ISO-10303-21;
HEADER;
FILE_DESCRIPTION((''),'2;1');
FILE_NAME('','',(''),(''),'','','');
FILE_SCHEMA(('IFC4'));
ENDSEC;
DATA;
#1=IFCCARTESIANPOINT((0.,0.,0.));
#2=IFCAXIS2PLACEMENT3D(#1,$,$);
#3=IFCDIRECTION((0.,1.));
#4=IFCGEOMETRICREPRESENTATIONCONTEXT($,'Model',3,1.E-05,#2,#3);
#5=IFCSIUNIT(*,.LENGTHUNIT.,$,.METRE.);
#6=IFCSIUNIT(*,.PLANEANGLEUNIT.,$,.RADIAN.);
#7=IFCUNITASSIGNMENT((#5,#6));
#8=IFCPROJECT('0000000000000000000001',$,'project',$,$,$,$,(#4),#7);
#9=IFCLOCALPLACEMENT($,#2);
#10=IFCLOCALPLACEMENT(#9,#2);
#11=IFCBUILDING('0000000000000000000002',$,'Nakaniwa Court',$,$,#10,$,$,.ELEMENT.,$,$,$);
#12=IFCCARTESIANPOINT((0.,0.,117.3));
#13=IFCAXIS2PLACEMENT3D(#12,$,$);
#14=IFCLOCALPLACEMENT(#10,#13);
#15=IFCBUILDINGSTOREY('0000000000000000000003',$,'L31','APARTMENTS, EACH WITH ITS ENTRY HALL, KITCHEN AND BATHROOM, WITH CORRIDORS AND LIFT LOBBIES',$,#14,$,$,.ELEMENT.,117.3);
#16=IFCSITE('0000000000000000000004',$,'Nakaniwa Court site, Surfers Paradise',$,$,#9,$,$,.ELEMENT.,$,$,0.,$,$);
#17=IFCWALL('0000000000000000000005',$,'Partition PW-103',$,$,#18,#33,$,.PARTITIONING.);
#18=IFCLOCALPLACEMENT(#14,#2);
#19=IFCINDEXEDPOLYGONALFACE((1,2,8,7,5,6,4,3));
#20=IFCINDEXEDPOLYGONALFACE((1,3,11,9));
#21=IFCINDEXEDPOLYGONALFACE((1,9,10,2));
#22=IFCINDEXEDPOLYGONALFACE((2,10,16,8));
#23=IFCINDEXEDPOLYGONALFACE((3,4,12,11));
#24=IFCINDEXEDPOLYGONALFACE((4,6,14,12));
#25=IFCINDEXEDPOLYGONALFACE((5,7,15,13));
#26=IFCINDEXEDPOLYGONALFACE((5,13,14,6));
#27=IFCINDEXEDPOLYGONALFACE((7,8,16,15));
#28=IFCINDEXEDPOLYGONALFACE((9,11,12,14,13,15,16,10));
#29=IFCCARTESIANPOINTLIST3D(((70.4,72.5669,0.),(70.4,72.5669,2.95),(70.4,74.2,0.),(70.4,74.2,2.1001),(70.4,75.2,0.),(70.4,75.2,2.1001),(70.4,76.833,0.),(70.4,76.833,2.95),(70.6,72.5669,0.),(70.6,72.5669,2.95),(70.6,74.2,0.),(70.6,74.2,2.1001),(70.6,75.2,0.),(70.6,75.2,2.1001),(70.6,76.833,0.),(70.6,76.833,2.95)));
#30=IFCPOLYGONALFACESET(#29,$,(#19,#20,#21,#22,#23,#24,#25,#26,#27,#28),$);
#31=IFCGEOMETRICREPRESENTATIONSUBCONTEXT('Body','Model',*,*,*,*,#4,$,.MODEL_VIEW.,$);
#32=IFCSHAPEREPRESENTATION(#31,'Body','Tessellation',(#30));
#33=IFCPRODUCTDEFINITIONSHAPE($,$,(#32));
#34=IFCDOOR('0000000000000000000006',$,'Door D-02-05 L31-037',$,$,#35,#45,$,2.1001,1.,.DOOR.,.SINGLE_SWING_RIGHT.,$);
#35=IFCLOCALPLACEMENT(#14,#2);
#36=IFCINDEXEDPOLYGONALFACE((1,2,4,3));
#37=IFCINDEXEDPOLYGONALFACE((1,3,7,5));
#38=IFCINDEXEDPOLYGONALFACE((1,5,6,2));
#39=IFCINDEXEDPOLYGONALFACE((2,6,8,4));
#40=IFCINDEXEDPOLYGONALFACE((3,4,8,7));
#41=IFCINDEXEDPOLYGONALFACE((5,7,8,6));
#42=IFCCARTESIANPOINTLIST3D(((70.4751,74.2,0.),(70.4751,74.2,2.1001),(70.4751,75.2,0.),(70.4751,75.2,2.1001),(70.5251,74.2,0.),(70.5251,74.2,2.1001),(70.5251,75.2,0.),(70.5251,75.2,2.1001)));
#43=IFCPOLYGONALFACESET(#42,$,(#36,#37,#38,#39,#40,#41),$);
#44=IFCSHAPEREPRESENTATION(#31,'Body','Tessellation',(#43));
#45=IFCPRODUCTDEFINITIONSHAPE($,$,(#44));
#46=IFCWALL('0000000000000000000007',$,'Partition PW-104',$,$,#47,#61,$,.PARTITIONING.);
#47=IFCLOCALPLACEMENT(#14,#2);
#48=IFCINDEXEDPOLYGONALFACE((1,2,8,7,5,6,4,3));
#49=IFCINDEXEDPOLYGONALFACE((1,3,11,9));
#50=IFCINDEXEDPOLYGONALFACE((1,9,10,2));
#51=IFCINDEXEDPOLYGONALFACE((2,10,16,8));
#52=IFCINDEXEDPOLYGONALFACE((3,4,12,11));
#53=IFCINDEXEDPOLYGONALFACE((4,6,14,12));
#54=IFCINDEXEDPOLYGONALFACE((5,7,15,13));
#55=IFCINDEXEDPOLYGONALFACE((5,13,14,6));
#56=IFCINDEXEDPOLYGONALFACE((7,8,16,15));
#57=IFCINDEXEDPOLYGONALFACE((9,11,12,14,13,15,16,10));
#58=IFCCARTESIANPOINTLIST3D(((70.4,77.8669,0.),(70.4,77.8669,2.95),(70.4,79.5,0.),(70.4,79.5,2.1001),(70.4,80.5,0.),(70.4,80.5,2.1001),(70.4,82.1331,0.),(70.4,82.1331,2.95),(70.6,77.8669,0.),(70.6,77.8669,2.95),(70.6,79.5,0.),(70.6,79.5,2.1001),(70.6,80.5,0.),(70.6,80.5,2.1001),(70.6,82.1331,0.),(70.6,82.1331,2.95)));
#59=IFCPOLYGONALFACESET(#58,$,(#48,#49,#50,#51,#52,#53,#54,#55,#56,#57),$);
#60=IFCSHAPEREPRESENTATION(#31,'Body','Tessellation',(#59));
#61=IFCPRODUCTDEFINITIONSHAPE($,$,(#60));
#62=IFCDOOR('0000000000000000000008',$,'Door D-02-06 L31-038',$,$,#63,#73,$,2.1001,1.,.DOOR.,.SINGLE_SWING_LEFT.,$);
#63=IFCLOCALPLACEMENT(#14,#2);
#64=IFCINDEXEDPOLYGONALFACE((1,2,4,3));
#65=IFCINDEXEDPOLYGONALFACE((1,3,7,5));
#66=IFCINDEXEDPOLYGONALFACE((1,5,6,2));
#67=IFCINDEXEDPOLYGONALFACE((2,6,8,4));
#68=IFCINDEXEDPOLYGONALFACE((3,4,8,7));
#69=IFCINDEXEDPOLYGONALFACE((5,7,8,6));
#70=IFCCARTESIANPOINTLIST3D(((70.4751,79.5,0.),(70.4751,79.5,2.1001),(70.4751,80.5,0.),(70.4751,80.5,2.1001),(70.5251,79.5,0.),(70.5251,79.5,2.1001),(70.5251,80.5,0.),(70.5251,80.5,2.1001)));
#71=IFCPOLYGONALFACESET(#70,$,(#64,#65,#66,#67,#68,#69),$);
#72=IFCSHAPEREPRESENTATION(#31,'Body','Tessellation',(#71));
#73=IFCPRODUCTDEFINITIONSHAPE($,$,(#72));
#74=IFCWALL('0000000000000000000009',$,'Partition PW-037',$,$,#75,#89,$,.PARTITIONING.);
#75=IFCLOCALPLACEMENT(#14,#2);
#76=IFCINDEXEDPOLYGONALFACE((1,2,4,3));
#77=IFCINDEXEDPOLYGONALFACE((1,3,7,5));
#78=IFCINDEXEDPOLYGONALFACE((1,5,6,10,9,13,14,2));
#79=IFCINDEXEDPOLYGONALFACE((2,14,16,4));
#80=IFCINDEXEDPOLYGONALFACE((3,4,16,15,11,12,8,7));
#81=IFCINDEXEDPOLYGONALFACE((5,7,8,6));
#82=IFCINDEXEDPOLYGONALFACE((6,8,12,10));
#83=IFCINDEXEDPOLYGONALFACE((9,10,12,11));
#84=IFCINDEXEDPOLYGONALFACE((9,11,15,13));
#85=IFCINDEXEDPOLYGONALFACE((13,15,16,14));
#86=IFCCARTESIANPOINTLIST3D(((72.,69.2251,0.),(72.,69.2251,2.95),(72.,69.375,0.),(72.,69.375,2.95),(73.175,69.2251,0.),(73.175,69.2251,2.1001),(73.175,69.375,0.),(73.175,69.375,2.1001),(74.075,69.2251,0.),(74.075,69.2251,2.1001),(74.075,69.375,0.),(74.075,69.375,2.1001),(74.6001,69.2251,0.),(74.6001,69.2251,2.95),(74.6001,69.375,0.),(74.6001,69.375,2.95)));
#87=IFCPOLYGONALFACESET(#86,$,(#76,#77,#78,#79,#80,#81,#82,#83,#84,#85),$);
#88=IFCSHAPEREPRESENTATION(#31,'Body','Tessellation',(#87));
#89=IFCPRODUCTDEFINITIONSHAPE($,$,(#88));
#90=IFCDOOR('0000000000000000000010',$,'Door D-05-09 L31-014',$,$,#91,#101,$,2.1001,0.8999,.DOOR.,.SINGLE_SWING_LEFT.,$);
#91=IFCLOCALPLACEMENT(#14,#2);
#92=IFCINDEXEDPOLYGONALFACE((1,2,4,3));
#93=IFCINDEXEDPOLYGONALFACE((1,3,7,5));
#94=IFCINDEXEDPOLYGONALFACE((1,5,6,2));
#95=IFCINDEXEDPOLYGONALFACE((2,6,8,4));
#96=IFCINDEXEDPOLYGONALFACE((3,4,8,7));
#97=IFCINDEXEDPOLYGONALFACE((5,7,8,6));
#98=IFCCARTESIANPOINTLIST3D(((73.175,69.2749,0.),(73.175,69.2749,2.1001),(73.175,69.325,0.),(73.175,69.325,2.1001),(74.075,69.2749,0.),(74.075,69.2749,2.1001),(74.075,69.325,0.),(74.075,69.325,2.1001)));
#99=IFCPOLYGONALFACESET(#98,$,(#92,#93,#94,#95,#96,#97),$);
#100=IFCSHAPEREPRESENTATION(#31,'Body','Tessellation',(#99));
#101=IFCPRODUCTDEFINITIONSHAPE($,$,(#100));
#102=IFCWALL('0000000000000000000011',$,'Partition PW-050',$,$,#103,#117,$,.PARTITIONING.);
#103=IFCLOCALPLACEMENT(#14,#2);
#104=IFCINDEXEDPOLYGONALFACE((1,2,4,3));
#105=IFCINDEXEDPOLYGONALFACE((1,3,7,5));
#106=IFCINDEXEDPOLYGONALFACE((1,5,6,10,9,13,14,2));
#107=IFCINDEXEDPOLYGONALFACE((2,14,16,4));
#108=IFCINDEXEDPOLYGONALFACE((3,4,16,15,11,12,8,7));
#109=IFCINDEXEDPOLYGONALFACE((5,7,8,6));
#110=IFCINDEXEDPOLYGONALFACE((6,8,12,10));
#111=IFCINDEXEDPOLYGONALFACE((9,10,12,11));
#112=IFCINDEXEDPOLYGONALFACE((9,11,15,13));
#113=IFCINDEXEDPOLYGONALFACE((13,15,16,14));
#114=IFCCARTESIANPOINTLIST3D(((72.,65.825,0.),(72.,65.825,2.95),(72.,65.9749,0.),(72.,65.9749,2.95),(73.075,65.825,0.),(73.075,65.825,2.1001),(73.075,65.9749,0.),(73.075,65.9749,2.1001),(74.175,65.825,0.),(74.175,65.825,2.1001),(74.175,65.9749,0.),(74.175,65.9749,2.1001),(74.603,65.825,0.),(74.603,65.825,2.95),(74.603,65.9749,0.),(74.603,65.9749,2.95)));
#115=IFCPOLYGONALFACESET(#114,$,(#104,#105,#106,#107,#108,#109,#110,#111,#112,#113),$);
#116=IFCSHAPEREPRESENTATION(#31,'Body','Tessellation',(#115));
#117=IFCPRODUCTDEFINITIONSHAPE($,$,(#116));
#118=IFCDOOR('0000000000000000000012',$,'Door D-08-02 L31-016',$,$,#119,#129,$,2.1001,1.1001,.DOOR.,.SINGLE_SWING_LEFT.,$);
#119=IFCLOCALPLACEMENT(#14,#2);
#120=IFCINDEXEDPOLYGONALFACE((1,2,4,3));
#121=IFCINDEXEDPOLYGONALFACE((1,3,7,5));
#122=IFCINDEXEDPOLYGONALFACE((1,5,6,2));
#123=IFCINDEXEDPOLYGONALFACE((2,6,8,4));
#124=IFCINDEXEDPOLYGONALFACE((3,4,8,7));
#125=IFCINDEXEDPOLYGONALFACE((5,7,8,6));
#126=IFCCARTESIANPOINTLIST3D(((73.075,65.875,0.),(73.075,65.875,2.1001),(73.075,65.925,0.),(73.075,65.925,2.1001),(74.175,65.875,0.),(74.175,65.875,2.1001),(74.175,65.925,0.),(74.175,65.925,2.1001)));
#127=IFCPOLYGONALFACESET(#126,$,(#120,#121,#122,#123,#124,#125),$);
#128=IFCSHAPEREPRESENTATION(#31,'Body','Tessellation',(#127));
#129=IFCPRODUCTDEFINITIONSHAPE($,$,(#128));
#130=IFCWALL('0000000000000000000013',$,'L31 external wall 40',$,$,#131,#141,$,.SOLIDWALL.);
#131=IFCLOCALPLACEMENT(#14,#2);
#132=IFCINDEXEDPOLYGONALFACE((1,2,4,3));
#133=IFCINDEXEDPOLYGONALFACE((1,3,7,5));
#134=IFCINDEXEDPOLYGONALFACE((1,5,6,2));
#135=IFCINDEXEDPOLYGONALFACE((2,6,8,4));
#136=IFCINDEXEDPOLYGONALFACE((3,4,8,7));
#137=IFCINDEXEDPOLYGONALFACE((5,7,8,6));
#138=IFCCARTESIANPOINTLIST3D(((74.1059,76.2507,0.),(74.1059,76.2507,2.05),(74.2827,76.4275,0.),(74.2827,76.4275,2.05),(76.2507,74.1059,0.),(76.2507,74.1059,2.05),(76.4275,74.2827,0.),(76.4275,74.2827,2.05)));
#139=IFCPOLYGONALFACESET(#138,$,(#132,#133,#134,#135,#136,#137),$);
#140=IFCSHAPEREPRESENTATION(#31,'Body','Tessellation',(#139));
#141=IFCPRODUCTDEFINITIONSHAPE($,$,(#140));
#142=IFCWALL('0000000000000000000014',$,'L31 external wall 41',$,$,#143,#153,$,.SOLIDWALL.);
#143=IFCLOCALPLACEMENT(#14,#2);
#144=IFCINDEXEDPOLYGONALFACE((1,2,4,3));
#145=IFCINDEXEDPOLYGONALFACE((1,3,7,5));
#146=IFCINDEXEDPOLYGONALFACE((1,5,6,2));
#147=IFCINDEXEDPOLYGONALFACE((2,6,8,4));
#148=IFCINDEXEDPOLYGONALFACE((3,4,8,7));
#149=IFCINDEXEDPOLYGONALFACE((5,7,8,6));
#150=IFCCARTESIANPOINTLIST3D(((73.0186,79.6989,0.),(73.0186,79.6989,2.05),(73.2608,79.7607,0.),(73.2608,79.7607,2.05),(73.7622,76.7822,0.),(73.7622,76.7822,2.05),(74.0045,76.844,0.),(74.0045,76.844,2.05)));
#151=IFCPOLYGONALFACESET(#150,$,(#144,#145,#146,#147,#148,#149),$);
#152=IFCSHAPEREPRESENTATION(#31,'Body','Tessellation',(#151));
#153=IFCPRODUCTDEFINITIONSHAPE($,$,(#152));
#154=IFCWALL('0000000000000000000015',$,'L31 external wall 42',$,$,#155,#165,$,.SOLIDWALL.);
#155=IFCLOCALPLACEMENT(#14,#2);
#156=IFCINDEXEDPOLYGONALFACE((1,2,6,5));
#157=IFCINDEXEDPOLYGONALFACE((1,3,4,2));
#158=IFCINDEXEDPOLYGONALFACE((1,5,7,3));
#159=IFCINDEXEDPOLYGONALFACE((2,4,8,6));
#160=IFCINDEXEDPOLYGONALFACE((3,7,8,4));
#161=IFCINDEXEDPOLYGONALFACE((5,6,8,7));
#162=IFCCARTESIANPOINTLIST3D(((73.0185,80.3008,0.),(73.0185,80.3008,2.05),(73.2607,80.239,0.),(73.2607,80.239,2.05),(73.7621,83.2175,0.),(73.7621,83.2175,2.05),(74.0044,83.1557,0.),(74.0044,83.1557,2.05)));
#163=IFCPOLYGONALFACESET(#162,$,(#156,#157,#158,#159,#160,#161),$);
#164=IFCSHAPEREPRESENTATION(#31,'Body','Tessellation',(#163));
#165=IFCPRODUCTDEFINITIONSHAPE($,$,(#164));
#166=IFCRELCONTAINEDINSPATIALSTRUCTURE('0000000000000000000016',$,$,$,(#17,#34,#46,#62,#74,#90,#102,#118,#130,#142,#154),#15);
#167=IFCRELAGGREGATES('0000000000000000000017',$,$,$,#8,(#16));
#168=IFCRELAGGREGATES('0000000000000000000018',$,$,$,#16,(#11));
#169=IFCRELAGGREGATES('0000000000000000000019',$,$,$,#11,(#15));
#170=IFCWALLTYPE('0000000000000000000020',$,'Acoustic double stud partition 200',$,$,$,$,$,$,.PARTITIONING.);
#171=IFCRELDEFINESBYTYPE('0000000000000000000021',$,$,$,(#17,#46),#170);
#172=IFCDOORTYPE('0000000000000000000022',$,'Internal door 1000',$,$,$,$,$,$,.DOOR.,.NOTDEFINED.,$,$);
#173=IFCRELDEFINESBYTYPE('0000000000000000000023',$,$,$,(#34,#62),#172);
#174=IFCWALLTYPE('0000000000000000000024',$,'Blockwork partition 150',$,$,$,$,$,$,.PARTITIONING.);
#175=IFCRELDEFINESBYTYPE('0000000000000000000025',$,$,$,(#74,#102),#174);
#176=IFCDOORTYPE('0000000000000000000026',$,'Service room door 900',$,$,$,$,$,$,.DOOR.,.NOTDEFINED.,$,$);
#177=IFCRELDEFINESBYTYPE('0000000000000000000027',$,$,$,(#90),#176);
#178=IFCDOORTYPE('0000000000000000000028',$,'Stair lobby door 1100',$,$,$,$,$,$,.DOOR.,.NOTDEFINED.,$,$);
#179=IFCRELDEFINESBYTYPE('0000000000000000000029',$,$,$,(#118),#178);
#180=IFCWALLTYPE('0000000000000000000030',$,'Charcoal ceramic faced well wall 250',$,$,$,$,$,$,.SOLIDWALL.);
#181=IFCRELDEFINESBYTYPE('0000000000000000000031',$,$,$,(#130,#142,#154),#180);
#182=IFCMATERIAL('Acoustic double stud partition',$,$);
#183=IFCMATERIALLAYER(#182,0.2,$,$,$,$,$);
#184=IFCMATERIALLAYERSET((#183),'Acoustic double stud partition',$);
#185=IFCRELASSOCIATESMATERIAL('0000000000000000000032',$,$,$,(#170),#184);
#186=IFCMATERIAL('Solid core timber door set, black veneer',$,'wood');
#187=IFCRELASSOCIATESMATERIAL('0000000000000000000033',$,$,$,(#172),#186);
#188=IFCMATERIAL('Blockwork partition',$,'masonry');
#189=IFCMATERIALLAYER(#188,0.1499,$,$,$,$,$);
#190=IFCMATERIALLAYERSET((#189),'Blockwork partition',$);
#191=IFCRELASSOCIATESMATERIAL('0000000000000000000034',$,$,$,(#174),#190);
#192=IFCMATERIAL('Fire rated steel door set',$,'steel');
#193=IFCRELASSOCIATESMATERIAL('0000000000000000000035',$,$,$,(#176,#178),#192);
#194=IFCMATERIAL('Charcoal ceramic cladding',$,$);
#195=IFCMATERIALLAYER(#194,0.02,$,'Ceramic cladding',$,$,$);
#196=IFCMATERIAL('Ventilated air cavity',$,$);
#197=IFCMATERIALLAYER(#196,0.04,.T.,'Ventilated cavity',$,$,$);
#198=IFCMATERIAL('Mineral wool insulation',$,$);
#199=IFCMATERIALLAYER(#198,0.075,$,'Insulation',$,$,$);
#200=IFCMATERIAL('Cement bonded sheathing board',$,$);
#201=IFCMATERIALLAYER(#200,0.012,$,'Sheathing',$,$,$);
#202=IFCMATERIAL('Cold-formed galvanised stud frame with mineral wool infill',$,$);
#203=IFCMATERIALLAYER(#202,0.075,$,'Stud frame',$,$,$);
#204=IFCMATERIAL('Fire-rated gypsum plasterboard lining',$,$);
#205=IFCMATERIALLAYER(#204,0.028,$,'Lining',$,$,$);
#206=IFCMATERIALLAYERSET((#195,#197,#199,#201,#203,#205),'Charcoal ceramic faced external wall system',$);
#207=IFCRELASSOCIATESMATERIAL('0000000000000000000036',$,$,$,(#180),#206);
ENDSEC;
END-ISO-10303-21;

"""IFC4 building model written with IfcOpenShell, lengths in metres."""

from ifc_helpers import new_model, si_unit, direction, frame, frame_2d, origin, place, context, subcontext, project, spatial, rectangle, extrude, material, layer, layer_set, type_object, element, fill, save


model = new_model("IFC4")

# Units and contexts
model_context = context("Model", 3, precision=1e-05, world=origin(), true_north=direction((0.0, 1.0)))
body_context = subcontext(model_context, "Body", "Model", "MODEL_VIEW")
ifc_project = project(units=[si_unit("LENGTHUNIT", "METRE"), si_unit("PLANEANGLEUNIT", "RADIAN")], contexts=[model_context])

# Site, building, storey
site_placement = place(None, origin())
site = spatial("IfcSite", under=ifc_project, at=site_placement, Name="Nakaniwa Court site, Surfers Paradise", CompositionType="ELEMENT", RefElevation=0.0)
building_placement = place(site_placement, origin())
building = spatial("IfcBuilding", under=site, at=building_placement, Name="Nakaniwa Court", CompositionType="ELEMENT")
storey_placement = place(building_placement, frame((0.0, 0.0, 117.3)))
storey = spatial("IfcBuildingStorey", under=building, at=storey_placement, Name="L31", Description="APARTMENTS, EACH WITH ITS ENTRY HALL, KITCHEN AND BATHROOM, WITH CORRIDORS AND LIFT LOBBIES", CompositionType="ELEMENT", Elevation=117.3)

# Shared definitions
ifc_material_1 = material(Name="Acoustic double stud partition")
ifc_layer_1 = layer(ifc_material_1, 0.2)
ifc_layer_set_1 = layer_set([ifc_layer_1], Name="Acoustic double stud partition")
wall_type_1 = type_object("IfcWallType", Name="Acoustic double stud partition 200", PredefinedType="PARTITIONING", material=ifc_layer_set_1)

# Walls, openings, doors
wall_1_placement = place(storey_placement, frame((70.5, 72.5669, 0.0), z_axis=(0.0, 0.0, 1.0), x_axis=(0.0, 1.0, 0.0)))
wall_1 = element("IfcWall", 1, at=wall_1_placement, inside=storey, type_object=wall_type_1, Name="Partition PW-103", PredefinedType="PARTITIONING", context=body_context, shape_type="SweptSolid", body=[
    extrude(rectangle(XDim=4.2661, YDim=0.2, at=frame_2d((2.1331, 0.0))), origin(), (0.0, 0.0, 1.0), 2.95),
])
opening_1_placement = place(wall_1_placement, frame((1.6331, 0.0, 0.0)))
opening_1 = element("IfcOpeningElement", 2, at=opening_1_placement, cuts=wall_1, PredefinedType="OPENING", context=body_context, shape_type="SweptSolid", body=[
    extrude(rectangle(XDim=1.0, YDim=2.1001, at=frame_2d((0.5, 1.05))), frame((0.0, 0.1099, 0.0), z_axis=(0.0, -1.0, 0.0), x_axis=(1.0, 0.0, 0.0)), (0.0, 0.0, 1.0), 0.22),
])
ifc_material_2 = material(Name="Solid core timber door set, black veneer", Category="wood")
door_type_1 = type_object("IfcDoorType", Name="Internal door 1000", OperationType="NOTDEFINED", PredefinedType="DOOR", material=ifc_material_2)
door_1_placement = place(opening_1_placement, origin())
door_1 = element("IfcDoor", 3, at=door_1_placement, inside=storey, type_object=door_type_1, Name="Door D-02-05 L31-037", OperationType="SINGLE_SWING_RIGHT", OverallHeight=2.1001, OverallWidth=1.0, PredefinedType="DOOR", context=body_context, shape_type="SweptSolid", body=[
    extrude(rectangle(XDim=1.0, YDim=2.1001, at=frame_2d((0.5, 1.05))), frame((0.0, 0.0249, 0.0), z_axis=(0.0, -1.0, 0.0), x_axis=(1.0, 0.0, 0.0)), (0.0, 0.0, 1.0), 0.05),
])
fill(opening_1, door_1)
wall_2_placement = place(storey_placement, frame((70.5, 77.8669, 0.0), z_axis=(0.0, 0.0, 1.0), x_axis=(0.0, 1.0, 0.0)))
wall_2 = element("IfcWall", 4, at=wall_2_placement, inside=storey, type_object=wall_type_1, Name="Partition PW-104", PredefinedType="PARTITIONING", context=body_context, shape_type="SweptSolid", body=[
    extrude(rectangle(XDim=4.2661, YDim=0.2, at=frame_2d((2.1331, 0.0))), origin(), (0.0, 0.0, 1.0), 2.95),
])
opening_2_placement = place(wall_2_placement, frame((1.6331, 0.0, 0.0)))
opening_2 = element("IfcOpeningElement", 5, at=opening_2_placement, cuts=wall_2, PredefinedType="OPENING", context=body_context, shape_type="SweptSolid", body=[
    extrude(rectangle(XDim=1.0, YDim=2.1001, at=frame_2d((0.5, 1.05))), frame((0.0, 0.1099, 0.0), z_axis=(0.0, -1.0, 0.0), x_axis=(1.0, 0.0, 0.0)), (0.0, 0.0, 1.0), 0.22),
])
door_2_placement = place(opening_2_placement, origin())
door_2 = element("IfcDoor", 6, at=door_2_placement, inside=storey, type_object=door_type_1, Name="Door D-02-06 L31-038", OperationType="SINGLE_SWING_LEFT", OverallHeight=2.1001, OverallWidth=1.0, PredefinedType="DOOR", context=body_context, shape_type="SweptSolid", body=[
    extrude(rectangle(XDim=1.0, YDim=2.1001, at=frame_2d((0.5, 1.05))), frame((0.0, 0.0249, 0.0), z_axis=(0.0, -1.0, 0.0), x_axis=(1.0, 0.0, 0.0)), (0.0, 0.0, 1.0), 0.05),
])
fill(opening_2, door_2)
ifc_material_3 = material(Name="Blockwork partition", Category="masonry")
ifc_layer_2 = layer(ifc_material_3, 0.1499)
ifc_layer_set_2 = layer_set([ifc_layer_2], Name="Blockwork partition")
wall_type_2 = type_object("IfcWallType", Name="Blockwork partition 150", PredefinedType="PARTITIONING", material=ifc_layer_set_2)
wall_3_placement = place(storey_placement, frame((72.0, 69.3, 0.0), z_axis=(0.0, 0.0, 1.0), x_axis=(1.0, 0.0, 0.0)))
wall_3 = element("IfcWall", 7, at=wall_3_placement, inside=storey, type_object=wall_type_2, Name="Partition PW-037", PredefinedType="PARTITIONING", context=body_context, shape_type="SweptSolid", body=[
    extrude(rectangle(XDim=2.6001, YDim=0.1499, at=frame_2d((1.3, 0.0))), origin(), (0.0, 0.0, 1.0), 2.95),
])
opening_3_placement = place(wall_3_placement, frame((1.175, 0.0, 0.0)))
opening_3 = element("IfcOpeningElement", 8, at=opening_3_placement, cuts=wall_3, PredefinedType="OPENING", context=body_context, shape_type="SweptSolid", body=[
    extrude(rectangle(XDim=0.8999, YDim=2.1001, at=frame_2d((0.45, 1.05))), frame((0.0, 0.085, 0.0), z_axis=(0.0, -1.0, 0.0), x_axis=(1.0, 0.0, 0.0)), (0.0, 0.0, 1.0), 0.1699),
])
ifc_material_4 = material(Name="Fire rated steel door set", Category="steel")
door_type_2 = type_object("IfcDoorType", Name="Service room door 900", OperationType="NOTDEFINED", PredefinedType="DOOR", material=ifc_material_4)
door_3_placement = place(opening_3_placement, origin())
door_3 = element("IfcDoor", 9, at=door_3_placement, inside=storey, type_object=door_type_2, Name="Door D-05-09 L31-014", OperationType="SINGLE_SWING_LEFT", OverallHeight=2.1001, OverallWidth=0.8999, PredefinedType="DOOR", context=body_context, shape_type="SweptSolid", body=[
    extrude(rectangle(XDim=0.8999, YDim=2.1001, at=frame_2d((0.45, 1.05))), frame((0.0, 0.0249, 0.0), z_axis=(0.0, -1.0, 0.0), x_axis=(1.0, 0.0, 0.0)), (0.0, 0.0, 1.0), 0.05),
])
fill(opening_3, door_3)
wall_4_placement = place(storey_placement, frame((74.603, 65.8999, 0.0), z_axis=(0.0, 0.0, 1.0), x_axis=(-1.0, 0.0, 0.0)))
wall_4 = element("IfcWall", 10, at=wall_4_placement, inside=storey, type_object=wall_type_2, Name="Partition PW-050", PredefinedType="PARTITIONING", context=body_context, shape_type="SweptSolid", body=[
    extrude(rectangle(XDim=2.603, YDim=0.1499, at=frame_2d((1.3015, 0.0))), origin(), (0.0, 0.0, 1.0), 2.95),
])
opening_4_placement = place(wall_4_placement, frame((0.428, 0.0, 0.0)))
opening_4 = element("IfcOpeningElement", 11, at=opening_4_placement, cuts=wall_4, PredefinedType="OPENING", context=body_context, shape_type="SweptSolid", body=[
    extrude(rectangle(XDim=1.1001, YDim=2.1001, at=frame_2d((0.55, 1.05))), frame((0.0, 0.085, 0.0), z_axis=(0.0, -1.0, 0.0), x_axis=(1.0, 0.0, 0.0)), (0.0, 0.0, 1.0), 0.1699),
])
door_type_3 = type_object("IfcDoorType", Name="Stair lobby door 1100", OperationType="NOTDEFINED", PredefinedType="DOOR", material=ifc_material_4)
door_4_placement = place(opening_4_placement, origin())
door_4 = element("IfcDoor", 12, at=door_4_placement, inside=storey, type_object=door_type_3, Name="Door D-08-02 L31-016", OperationType="SINGLE_SWING_LEFT", OverallHeight=2.1001, OverallWidth=1.1001, PredefinedType="DOOR", context=body_context, shape_type="SweptSolid", body=[
    extrude(rectangle(XDim=1.1001, YDim=2.1001, at=frame_2d((0.55, 1.05))), frame((0.0, 0.0249, 0.0), z_axis=(0.0, -1.0, 0.0), x_axis=(1.0, 0.0, 0.0)), (0.0, 0.0, 1.0), 0.05),
])
fill(opening_4, door_4)

# Walls
ifc_material_5 = material(Name="Charcoal ceramic cladding")
ifc_layer_3 = layer(ifc_material_5, 0.02, Name="Ceramic cladding")
ifc_material_6 = material(Name="Ventilated air cavity")
ifc_layer_4 = layer(ifc_material_6, 0.04, ventilated=True, Name="Ventilated cavity")
ifc_material_7 = material(Name="Mineral wool insulation")
ifc_layer_5 = layer(ifc_material_7, 0.075, Name="Insulation")
ifc_material_8 = material(Name="Cement bonded sheathing board")
ifc_layer_6 = layer(ifc_material_8, 0.012, Name="Sheathing")
ifc_material_9 = material(Name="Cold-formed galvanised stud frame with mineral wool infill")
ifc_layer_7 = layer(ifc_material_9, 0.075, Name="Stud frame")
ifc_material_10 = material(Name="Fire-rated gypsum plasterboard lining")
ifc_layer_8 = layer(ifc_material_10, 0.028, Name="Lining")
ifc_layer_set_3 = layer_set([ifc_layer_3, ifc_layer_4, ifc_layer_5, ifc_layer_6, ifc_layer_7, ifc_layer_8], Name="Charcoal ceramic faced external wall system")
wall_type_3 = type_object("IfcWallType", Name="Charcoal ceramic faced well wall 250", PredefinedType="SOLIDWALL", material=ifc_layer_set_3)
wall_5_placement = place(storey_placement, frame((76.3391, 74.1943, 0.0), z_axis=(0.0, 0.0, 1.0), x_axis=(-0.707107, 0.707107, 0.0)))
element("IfcWall", 13, at=wall_5_placement, inside=storey, type_object=wall_type_3, Name="L31 external wall 40", PredefinedType="SOLIDWALL", context=body_context, shape_type="SweptSolid", body=[
    extrude(rectangle(XDim=3.0332, YDim=0.25, at=frame_2d((1.5166, 0.0))), origin(), (0.0, 0.0, 1.0), 2.05),
])
for number, where, z_axis, x_axis, name in (
    (14, (73.8833, 76.8132, 0.0), (0.0, 0.0, 1.0), (-0.247056, 0.969001, 0.0), "L31 external wall 41"),
    (15, (73.1396, 80.27, 0.0), (0.0, 0.0, 1.0), (0.247056, 0.969001, 0.0), "L31 external wall 42"),
):
    element("IfcWall", number, at=place(storey_placement, frame(where, z_axis=z_axis, x_axis=x_axis)), inside=storey, type_object=wall_type_3, Name=name, PredefinedType="SOLIDWALL", context=body_context, shape_type="SweptSolid", body=[
        extrude(rectangle(XDim=3.01, YDim=0.25, at=frame_2d((1.5049, 0.0))), origin(), (0.0, 0.0, 1.0), 2.05),
    ])

save(model, "model.ifc")
